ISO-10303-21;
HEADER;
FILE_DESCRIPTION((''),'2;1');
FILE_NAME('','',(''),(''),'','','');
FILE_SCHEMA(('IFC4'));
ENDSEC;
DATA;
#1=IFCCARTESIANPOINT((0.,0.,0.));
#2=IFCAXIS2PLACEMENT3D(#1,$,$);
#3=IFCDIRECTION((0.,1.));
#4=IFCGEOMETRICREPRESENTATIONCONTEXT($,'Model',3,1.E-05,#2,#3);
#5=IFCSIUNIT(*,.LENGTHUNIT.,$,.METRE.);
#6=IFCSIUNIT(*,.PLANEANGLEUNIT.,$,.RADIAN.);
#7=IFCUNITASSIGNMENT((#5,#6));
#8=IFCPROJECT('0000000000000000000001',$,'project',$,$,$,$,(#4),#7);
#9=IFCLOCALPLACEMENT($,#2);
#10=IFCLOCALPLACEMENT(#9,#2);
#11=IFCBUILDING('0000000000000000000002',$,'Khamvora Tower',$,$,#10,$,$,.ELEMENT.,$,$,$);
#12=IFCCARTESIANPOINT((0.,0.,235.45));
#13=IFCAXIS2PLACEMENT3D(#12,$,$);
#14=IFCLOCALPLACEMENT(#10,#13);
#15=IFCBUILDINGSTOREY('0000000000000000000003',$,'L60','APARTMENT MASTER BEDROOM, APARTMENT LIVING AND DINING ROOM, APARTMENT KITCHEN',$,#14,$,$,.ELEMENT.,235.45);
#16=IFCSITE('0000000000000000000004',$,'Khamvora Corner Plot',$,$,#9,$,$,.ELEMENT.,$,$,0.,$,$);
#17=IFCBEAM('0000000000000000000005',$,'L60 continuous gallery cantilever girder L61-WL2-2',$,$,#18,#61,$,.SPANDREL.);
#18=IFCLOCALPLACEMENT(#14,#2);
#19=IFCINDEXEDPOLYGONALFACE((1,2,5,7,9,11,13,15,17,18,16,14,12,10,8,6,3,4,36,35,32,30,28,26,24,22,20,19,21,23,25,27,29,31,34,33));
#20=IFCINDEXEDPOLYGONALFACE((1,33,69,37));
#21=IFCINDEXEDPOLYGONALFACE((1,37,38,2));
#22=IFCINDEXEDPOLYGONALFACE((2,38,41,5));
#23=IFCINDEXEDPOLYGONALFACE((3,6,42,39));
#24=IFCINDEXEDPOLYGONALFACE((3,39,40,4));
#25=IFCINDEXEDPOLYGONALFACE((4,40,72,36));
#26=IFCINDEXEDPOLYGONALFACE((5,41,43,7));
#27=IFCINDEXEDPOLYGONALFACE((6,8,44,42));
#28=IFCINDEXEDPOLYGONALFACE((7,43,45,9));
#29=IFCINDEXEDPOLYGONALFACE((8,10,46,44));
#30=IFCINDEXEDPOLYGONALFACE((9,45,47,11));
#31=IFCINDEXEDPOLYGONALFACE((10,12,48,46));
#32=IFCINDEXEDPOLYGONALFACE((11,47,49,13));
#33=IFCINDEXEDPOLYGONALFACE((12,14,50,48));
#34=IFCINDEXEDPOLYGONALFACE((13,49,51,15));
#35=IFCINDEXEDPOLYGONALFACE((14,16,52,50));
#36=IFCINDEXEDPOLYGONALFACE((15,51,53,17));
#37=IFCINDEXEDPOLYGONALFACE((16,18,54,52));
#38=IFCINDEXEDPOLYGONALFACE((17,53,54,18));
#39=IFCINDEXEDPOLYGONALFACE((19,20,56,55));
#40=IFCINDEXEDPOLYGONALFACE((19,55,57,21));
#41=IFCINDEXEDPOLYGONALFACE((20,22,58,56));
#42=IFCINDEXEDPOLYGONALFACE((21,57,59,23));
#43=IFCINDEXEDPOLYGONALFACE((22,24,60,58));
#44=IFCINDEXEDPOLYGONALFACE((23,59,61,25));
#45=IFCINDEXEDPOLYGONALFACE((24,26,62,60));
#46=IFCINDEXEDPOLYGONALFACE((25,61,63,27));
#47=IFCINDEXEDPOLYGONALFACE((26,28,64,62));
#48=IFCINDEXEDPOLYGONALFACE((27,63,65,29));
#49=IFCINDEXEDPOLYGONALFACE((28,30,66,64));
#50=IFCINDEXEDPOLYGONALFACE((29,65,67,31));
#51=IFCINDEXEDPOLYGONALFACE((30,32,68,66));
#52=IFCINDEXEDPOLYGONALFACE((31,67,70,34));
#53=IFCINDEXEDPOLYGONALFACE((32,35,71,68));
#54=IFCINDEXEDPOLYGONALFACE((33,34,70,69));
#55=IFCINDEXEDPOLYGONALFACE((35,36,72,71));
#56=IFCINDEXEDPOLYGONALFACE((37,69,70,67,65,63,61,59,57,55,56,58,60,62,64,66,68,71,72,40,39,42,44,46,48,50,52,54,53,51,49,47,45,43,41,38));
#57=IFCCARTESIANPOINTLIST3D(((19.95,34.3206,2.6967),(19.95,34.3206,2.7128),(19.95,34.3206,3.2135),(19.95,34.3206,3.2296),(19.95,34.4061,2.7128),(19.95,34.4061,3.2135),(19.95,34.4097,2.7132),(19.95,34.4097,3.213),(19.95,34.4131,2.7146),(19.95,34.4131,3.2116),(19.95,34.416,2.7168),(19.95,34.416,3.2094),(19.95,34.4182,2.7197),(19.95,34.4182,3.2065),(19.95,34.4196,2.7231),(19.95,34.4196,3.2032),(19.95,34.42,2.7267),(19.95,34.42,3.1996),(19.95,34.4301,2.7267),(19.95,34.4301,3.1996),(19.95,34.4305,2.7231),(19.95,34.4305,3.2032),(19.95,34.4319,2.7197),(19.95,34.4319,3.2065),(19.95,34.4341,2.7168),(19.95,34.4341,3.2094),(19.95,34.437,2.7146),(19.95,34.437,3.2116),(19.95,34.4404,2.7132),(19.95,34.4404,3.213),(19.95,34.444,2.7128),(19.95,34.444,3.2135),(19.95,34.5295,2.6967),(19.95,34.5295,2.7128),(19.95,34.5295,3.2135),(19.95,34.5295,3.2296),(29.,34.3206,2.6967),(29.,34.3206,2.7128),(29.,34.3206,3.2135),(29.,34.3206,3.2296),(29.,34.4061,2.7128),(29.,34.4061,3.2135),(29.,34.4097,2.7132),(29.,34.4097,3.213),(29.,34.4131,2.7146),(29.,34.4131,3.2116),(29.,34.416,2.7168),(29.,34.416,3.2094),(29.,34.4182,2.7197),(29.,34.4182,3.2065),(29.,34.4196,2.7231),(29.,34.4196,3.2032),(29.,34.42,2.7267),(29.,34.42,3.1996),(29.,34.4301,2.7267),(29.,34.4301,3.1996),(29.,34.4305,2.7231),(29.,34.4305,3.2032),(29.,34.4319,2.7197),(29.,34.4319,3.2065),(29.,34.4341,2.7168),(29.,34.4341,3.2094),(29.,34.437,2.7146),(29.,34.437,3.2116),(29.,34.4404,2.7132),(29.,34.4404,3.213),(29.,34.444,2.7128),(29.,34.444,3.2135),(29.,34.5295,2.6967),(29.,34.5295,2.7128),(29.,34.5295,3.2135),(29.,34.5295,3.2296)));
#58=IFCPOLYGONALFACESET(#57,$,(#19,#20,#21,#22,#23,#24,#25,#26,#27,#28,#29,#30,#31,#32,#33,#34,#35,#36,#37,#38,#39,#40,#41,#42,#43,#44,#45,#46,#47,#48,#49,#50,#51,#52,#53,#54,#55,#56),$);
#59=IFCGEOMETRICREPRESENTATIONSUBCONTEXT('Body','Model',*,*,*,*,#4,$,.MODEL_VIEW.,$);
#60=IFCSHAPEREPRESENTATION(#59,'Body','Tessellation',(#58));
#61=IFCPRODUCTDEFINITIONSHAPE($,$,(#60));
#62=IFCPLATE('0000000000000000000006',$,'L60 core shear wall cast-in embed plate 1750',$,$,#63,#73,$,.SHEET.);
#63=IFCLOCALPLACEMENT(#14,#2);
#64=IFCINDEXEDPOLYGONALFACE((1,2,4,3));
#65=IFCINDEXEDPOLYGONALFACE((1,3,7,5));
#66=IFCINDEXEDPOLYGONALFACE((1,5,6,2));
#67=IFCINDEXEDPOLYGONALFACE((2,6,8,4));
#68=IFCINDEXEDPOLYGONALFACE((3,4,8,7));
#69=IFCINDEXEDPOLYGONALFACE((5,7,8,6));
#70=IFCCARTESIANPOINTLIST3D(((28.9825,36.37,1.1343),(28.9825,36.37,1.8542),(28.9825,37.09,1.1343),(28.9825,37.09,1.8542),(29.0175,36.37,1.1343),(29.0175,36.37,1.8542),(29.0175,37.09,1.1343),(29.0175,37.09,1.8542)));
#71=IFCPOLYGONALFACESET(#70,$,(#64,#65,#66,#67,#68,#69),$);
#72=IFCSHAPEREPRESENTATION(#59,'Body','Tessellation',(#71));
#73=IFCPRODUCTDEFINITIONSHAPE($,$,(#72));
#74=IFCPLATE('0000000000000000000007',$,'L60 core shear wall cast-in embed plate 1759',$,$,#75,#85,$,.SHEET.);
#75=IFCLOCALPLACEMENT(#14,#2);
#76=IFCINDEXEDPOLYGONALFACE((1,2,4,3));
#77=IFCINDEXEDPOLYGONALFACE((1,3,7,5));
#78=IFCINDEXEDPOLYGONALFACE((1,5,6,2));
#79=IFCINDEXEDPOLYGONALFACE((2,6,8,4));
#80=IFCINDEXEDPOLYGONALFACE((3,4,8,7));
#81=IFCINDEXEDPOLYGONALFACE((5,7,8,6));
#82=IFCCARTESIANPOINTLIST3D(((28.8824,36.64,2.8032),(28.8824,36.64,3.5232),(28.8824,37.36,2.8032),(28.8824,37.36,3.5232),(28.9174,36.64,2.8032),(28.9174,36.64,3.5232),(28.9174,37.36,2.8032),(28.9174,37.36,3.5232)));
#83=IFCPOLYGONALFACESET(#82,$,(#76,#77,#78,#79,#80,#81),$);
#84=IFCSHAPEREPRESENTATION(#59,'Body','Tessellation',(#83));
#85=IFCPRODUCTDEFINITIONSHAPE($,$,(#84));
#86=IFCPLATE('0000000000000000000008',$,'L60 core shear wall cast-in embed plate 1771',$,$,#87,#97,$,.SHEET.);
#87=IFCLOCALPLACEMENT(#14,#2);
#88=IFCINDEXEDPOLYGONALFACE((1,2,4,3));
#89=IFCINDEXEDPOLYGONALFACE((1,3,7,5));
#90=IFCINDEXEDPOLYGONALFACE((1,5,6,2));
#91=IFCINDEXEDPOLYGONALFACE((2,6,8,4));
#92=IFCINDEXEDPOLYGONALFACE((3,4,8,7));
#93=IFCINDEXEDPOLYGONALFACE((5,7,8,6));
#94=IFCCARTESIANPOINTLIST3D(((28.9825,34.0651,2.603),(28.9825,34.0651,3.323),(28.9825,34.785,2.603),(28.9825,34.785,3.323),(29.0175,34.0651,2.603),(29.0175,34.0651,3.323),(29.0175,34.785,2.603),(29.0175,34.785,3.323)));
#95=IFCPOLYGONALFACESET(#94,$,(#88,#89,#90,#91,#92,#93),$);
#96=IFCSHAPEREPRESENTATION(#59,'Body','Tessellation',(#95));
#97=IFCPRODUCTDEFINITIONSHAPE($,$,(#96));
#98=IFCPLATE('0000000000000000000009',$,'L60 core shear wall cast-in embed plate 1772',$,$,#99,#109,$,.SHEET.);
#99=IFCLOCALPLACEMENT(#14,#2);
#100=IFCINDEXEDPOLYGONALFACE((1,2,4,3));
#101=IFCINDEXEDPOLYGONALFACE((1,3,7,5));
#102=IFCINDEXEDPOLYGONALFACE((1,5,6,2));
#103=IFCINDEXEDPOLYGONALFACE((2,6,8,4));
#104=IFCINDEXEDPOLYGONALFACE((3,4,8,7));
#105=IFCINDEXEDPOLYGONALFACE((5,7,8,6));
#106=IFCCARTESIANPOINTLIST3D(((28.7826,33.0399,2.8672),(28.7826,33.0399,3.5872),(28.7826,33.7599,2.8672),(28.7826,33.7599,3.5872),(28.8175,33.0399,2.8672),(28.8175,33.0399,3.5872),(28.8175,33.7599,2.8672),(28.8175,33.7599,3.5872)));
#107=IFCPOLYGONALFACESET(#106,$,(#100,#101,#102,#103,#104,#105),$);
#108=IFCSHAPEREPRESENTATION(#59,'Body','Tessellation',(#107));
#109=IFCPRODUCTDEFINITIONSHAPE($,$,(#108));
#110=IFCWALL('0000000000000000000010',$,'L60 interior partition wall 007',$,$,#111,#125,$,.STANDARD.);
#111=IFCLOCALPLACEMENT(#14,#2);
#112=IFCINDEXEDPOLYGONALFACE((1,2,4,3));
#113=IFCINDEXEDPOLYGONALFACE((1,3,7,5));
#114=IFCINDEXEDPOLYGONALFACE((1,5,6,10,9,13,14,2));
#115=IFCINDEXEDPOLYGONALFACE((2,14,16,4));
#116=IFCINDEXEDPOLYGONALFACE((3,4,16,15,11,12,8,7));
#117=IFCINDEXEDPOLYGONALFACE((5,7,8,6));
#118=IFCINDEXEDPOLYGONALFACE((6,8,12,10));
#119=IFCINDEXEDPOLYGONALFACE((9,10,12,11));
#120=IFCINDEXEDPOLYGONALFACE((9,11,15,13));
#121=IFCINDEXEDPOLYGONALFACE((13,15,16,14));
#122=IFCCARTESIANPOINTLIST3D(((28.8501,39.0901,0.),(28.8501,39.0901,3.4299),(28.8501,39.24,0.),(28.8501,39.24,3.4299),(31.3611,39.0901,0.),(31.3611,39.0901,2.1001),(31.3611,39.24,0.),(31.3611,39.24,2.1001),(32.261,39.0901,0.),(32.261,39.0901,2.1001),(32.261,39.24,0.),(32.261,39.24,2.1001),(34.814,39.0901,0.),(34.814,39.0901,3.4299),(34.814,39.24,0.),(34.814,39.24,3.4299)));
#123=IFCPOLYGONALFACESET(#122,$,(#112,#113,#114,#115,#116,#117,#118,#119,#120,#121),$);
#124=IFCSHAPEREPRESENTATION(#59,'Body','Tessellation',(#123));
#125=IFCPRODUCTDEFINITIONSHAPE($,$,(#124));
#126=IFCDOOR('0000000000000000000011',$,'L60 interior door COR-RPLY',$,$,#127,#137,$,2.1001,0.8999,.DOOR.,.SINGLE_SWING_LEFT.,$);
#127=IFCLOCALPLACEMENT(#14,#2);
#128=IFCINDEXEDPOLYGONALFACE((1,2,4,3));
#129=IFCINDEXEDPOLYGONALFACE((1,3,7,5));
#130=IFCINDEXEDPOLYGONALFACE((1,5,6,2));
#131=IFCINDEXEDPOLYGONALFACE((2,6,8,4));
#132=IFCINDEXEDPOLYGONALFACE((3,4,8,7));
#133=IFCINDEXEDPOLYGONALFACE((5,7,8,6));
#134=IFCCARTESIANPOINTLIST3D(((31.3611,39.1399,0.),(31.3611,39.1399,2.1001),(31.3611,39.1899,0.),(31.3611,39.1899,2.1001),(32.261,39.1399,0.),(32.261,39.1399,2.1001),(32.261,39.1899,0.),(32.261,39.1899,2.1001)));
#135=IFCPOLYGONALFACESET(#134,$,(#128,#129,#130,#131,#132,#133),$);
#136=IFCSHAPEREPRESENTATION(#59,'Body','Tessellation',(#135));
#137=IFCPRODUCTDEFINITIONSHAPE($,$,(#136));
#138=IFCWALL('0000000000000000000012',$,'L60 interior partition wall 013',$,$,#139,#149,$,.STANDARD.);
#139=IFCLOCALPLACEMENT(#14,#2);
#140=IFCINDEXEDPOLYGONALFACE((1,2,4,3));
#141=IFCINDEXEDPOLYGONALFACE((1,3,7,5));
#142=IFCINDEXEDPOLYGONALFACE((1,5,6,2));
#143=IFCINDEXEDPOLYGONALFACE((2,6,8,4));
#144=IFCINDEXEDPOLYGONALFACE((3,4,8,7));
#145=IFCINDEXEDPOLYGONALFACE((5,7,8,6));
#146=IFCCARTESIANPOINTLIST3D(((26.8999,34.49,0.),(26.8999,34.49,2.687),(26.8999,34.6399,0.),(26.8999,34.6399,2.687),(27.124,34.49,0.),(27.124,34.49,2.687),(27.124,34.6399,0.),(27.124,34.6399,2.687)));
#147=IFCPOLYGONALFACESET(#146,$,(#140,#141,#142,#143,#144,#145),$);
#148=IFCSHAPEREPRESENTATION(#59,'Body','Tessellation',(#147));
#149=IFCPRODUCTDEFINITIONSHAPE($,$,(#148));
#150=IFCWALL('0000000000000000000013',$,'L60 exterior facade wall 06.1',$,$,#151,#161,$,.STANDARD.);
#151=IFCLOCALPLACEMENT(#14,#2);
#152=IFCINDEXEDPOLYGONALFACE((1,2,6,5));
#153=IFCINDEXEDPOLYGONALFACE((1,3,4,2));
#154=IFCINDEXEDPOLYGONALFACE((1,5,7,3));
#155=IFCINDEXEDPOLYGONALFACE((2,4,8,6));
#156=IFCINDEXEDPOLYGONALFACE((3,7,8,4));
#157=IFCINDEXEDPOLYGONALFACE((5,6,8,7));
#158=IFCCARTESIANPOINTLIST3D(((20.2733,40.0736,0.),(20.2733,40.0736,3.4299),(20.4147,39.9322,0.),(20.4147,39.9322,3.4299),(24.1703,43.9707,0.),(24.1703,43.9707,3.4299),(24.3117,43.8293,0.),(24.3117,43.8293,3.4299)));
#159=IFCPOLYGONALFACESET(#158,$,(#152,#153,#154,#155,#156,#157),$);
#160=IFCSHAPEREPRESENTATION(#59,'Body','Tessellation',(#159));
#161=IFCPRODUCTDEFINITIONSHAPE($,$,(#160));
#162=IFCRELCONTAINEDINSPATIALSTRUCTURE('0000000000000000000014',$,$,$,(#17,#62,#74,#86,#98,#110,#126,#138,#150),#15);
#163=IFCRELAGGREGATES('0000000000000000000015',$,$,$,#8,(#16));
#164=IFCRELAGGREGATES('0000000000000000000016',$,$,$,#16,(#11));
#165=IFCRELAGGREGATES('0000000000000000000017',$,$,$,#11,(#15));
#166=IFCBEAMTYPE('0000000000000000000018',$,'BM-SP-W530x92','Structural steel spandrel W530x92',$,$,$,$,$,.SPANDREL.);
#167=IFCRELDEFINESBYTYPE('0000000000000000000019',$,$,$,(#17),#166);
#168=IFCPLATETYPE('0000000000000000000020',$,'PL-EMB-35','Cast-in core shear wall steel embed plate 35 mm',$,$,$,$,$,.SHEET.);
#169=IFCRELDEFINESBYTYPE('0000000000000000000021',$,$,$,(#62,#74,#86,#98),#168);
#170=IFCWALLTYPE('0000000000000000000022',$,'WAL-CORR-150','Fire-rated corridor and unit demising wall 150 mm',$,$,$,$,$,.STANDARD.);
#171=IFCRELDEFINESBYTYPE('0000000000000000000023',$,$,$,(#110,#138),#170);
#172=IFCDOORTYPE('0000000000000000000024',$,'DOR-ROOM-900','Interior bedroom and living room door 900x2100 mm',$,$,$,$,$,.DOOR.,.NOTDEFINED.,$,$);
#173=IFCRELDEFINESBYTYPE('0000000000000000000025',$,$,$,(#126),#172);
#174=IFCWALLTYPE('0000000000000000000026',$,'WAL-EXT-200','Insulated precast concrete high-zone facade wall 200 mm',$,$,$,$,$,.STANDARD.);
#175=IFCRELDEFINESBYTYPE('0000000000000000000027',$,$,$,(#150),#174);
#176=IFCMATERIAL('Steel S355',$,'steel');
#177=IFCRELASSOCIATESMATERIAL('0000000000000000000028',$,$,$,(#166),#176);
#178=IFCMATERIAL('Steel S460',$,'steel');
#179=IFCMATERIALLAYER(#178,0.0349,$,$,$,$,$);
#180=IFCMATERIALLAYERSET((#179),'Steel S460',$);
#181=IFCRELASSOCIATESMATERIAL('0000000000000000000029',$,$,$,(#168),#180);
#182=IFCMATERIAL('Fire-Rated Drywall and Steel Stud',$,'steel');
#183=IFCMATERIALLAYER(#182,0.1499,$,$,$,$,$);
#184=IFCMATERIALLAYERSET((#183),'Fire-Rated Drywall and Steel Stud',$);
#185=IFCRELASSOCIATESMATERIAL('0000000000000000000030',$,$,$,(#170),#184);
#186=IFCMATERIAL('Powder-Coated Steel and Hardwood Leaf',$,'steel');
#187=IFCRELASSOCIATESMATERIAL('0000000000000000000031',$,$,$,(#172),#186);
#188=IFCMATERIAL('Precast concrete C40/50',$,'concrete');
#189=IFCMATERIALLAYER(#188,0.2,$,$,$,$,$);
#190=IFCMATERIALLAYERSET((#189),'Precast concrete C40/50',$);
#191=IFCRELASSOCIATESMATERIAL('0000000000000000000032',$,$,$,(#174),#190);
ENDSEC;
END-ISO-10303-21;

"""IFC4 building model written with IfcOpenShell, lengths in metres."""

from ifc_helpers import new_model, si_unit, direction, frame, frame_2d, origin, origin_2d, place, context, subcontext, project, spatial, rectangle, i_section, extrude, material, layer, layer_set, material_profile, profile_set, type_object, element, fill, save


model = new_model("IFC4")

# Units and contexts
model_context = context("Model", 3, precision=1e-05, world=origin(), true_north=direction((0.0, 1.0)))
body_context = subcontext(model_context, "Body", "Model", "MODEL_VIEW")
ifc_project = project(units=[si_unit("LENGTHUNIT", "METRE"), si_unit("PLANEANGLEUNIT", "RADIAN")], contexts=[model_context])

# Site, building, storey
site_placement = place(None, origin())
site = spatial("IfcSite", under=ifc_project, at=site_placement, Name="Khamvora Corner Plot", CompositionType="ELEMENT", RefElevation=0.0)
building_placement = place(site_placement, origin())
building = spatial("IfcBuilding", under=site, at=building_placement, Name="Khamvora Tower", CompositionType="ELEMENT")
storey_placement = place(building_placement, frame((0.0, 0.0, 235.45)))
storey = spatial("IfcBuildingStorey", under=building, at=storey_placement, Name="L60", Description="APARTMENT MASTER BEDROOM, APARTMENT LIVING AND DINING ROOM, APARTMENT KITCHEN", CompositionType="ELEMENT", Elevation=235.45)

# Shared definitions
ifc_material_1 = material(Name="Steel S355", Category="steel")

# Beam
ifc_material_profile_1 = material_profile(ifc_material_1, i_section(OverallWidth=0.209, OverallDepth=0.533, WebThickness=0.01, FlangeThickness=0.0161, FilletRadius=0.0139, at=origin_2d()), Name="W530x92")
ifc_profile_set_1 = profile_set([ifc_material_profile_1], Name="Steel S355")
beam_type_1 = type_object("IfcBeamType", Name="BM-SP-W530x92", Description="Structural steel spandrel W530x92", PredefinedType="SPANDREL", material=ifc_profile_set_1)
beam_1_placement = place(storey_placement, frame((29.0, 34.425, 2.9631), z_axis=(-1.0, 0.0, 0.0), x_axis=(0.0, -1.0, 0.0)))
element("IfcBeam", 1, at=beam_1_placement, inside=storey, type_object=beam_type_1, Name="L60 continuous gallery cantilever girder L61-WL2-2", PredefinedType="SPANDREL", context=body_context, shape_type="SweptSolid", body=[
    extrude(i_section(OverallWidth=0.209, OverallDepth=0.533, WebThickness=0.01, FlangeThickness=0.0161, FilletRadius=0.0139, at=origin_2d()), origin(), (0.0, 0.0, 1.0), 9.05),
])

# Plates
ifc_material_2 = material(Name="Steel S460", Category="steel")
ifc_layer_1 = layer(ifc_material_2, 0.0349)
ifc_layer_set_1 = layer_set([ifc_layer_1], Name="Steel S460")
plate_type = type_object("IfcPlateType", Name="PL-EMB-35", Description="Cast-in core shear wall steel embed plate 35 mm", PredefinedType="SHEET", material=ifc_layer_set_1)
for number, where, z_axis, x_axis, name in (
    (2, (29.0, 36.73, 1.1343), (0.0, 0.0, 1.0), (1.0, 0.0, 0.0), "L60 core shear wall cast-in embed plate 1750"),
    (3, (28.8999, 37.0, 2.8032), (0.0, 0.0, 1.0), (1.0, 0.0, 0.0), "L60 core shear wall cast-in embed plate 1759"),
    (4, (29.0, 34.425, 2.603), (0.0, 0.0, 1.0), (1.0, 0.0, 0.0), "L60 core shear wall cast-in embed plate 1771"),
    (5, (28.8, 33.3999, 2.8672), (0.0, 0.0, 1.0), (1.0, 0.0, 0.0), "L60 core shear wall cast-in embed plate 1772"),
):
    element("IfcPlate", number, at=place(storey_placement, frame(where, z_axis=z_axis, x_axis=x_axis)), inside=storey, type_object=plate_type, Name=name, PredefinedType="SHEET", context=body_context, shape_type="SweptSolid", body=[
        extrude(rectangle(XDim=0.0349, YDim=0.72, at=origin_2d()), origin(), (0.0, 0.0, 1.0), 0.72),
    ])

# Wall, opening, door
ifc_material_3 = material(Name="Fire-Rated Drywall and Steel Stud", Category="steel")
ifc_layer_2 = layer(ifc_material_3, 0.1499)
ifc_layer_set_2 = layer_set([ifc_layer_2], Name="Fire-Rated Drywall and Steel Stud")
wall_type_1 = type_object("IfcWallType", Name="WAL-CORR-150", Description="Fire-rated corridor and unit demising wall 150 mm", PredefinedType="STANDARD", material=ifc_layer_set_2)
wall_1_placement = place(storey_placement, frame((28.8501, 39.165, 0.0), z_axis=(0.0, 0.0, 1.0), x_axis=(1.0, 0.0, 0.0)))
wall_1 = element("IfcWall", 6, at=wall_1_placement, inside=storey, type_object=wall_type_1, Name="L60 interior partition wall 007", PredefinedType="STANDARD", context=body_context, shape_type="SweptSolid", body=[
    extrude(rectangle(XDim=5.9639, YDim=0.1499, at=frame_2d((2.9819, 0.0))), origin(), (0.0, 0.0, 1.0), 3.4299),
])
opening_1_placement = place(wall_1_placement, frame((2.511, 0.0, 0.0)))
opening_1 = element("IfcOpeningElement", 7, at=opening_1_placement, cuts=wall_1, PredefinedType="OPENING", context=body_context, shape_type="SweptSolid", body=[
    extrude(rectangle(XDim=0.8999, YDim=2.1001, at=frame_2d((0.45, 1.05))), frame((0.0, 0.085, 0.0), z_axis=(0.0, -1.0, 0.0), x_axis=(1.0, 0.0, 0.0)), (0.0, 0.0, 1.0), 0.1699),
])
ifc_material_4 = material(Name="Powder-Coated Steel and Hardwood Leaf", Category="steel")
door_type = type_object("IfcDoorType", Name="DOR-ROOM-900", Description="Interior bedroom and living room door 900x2100 mm", OperationType="NOTDEFINED", PredefinedType="DOOR", material=ifc_material_4)
door_1_placement = place(opening_1_placement, origin())
door_1 = element("IfcDoor", 8, at=door_1_placement, inside=storey, type_object=door_type, Name="L60 interior door COR-RPLY", OperationType="SINGLE_SWING_LEFT", OverallHeight=2.1001, OverallWidth=0.8999, PredefinedType="DOOR", context=body_context, shape_type="SweptSolid", body=[
    extrude(rectangle(XDim=0.8999, YDim=2.1001, at=frame_2d((0.45, 1.05))), frame((0.0, 0.0249, 0.0), z_axis=(0.0, -1.0, 0.0), x_axis=(1.0, 0.0, 0.0)), (0.0, 0.0, 1.0), 0.05),
])
fill(opening_1, door_1)

# Walls
wall_2_placement = place(storey_placement, frame((26.8999, 34.5649, 0.0), z_axis=(0.0, 0.0, 1.0), x_axis=(1.0, 0.0, 0.0)))
element("IfcWall", 9, at=wall_2_placement, inside=storey, type_object=wall_type_1, Name="L60 interior partition wall 013", PredefinedType="STANDARD", context=body_context, shape_type="SweptSolid", body=[
    extrude(rectangle(XDim=0.2241, YDim=0.1499, at=frame_2d((0.1121, 0.0))), origin(), (0.0, 0.0, 1.0), 2.687),
])
ifc_material_5 = material(Name="Precast concrete C40/50", Category="concrete")
ifc_layer_3 = layer(ifc_material_5, 0.2)
ifc_layer_set_3 = layer_set([ifc_layer_3], Name="Precast concrete C40/50")
wall_type_2 = type_object("IfcWallType", Name="WAL-EXT-200", Description="Insulated precast concrete high-zone facade wall 200 mm", PredefinedType="STANDARD", material=ifc_layer_set_3)
wall_3_placement = place(storey_placement, frame((20.344, 40.0029, 0.0), z_axis=(0.0, 0.0, 1.0), x_axis=(0.707107, 0.707107, 0.0)))
element("IfcWall", 10, at=wall_3_placement, inside=storey, type_object=wall_type_2, Name="L60 exterior facade wall 06.1", PredefinedType="STANDARD", context=body_context, shape_type="SweptSolid", body=[
    extrude(rectangle(XDim=5.5112, YDim=0.2, at=frame_2d((2.7556, 0.0))), origin(), (0.0, 0.0, 1.0), 3.4299),
])

save(model, "model.ifc")
